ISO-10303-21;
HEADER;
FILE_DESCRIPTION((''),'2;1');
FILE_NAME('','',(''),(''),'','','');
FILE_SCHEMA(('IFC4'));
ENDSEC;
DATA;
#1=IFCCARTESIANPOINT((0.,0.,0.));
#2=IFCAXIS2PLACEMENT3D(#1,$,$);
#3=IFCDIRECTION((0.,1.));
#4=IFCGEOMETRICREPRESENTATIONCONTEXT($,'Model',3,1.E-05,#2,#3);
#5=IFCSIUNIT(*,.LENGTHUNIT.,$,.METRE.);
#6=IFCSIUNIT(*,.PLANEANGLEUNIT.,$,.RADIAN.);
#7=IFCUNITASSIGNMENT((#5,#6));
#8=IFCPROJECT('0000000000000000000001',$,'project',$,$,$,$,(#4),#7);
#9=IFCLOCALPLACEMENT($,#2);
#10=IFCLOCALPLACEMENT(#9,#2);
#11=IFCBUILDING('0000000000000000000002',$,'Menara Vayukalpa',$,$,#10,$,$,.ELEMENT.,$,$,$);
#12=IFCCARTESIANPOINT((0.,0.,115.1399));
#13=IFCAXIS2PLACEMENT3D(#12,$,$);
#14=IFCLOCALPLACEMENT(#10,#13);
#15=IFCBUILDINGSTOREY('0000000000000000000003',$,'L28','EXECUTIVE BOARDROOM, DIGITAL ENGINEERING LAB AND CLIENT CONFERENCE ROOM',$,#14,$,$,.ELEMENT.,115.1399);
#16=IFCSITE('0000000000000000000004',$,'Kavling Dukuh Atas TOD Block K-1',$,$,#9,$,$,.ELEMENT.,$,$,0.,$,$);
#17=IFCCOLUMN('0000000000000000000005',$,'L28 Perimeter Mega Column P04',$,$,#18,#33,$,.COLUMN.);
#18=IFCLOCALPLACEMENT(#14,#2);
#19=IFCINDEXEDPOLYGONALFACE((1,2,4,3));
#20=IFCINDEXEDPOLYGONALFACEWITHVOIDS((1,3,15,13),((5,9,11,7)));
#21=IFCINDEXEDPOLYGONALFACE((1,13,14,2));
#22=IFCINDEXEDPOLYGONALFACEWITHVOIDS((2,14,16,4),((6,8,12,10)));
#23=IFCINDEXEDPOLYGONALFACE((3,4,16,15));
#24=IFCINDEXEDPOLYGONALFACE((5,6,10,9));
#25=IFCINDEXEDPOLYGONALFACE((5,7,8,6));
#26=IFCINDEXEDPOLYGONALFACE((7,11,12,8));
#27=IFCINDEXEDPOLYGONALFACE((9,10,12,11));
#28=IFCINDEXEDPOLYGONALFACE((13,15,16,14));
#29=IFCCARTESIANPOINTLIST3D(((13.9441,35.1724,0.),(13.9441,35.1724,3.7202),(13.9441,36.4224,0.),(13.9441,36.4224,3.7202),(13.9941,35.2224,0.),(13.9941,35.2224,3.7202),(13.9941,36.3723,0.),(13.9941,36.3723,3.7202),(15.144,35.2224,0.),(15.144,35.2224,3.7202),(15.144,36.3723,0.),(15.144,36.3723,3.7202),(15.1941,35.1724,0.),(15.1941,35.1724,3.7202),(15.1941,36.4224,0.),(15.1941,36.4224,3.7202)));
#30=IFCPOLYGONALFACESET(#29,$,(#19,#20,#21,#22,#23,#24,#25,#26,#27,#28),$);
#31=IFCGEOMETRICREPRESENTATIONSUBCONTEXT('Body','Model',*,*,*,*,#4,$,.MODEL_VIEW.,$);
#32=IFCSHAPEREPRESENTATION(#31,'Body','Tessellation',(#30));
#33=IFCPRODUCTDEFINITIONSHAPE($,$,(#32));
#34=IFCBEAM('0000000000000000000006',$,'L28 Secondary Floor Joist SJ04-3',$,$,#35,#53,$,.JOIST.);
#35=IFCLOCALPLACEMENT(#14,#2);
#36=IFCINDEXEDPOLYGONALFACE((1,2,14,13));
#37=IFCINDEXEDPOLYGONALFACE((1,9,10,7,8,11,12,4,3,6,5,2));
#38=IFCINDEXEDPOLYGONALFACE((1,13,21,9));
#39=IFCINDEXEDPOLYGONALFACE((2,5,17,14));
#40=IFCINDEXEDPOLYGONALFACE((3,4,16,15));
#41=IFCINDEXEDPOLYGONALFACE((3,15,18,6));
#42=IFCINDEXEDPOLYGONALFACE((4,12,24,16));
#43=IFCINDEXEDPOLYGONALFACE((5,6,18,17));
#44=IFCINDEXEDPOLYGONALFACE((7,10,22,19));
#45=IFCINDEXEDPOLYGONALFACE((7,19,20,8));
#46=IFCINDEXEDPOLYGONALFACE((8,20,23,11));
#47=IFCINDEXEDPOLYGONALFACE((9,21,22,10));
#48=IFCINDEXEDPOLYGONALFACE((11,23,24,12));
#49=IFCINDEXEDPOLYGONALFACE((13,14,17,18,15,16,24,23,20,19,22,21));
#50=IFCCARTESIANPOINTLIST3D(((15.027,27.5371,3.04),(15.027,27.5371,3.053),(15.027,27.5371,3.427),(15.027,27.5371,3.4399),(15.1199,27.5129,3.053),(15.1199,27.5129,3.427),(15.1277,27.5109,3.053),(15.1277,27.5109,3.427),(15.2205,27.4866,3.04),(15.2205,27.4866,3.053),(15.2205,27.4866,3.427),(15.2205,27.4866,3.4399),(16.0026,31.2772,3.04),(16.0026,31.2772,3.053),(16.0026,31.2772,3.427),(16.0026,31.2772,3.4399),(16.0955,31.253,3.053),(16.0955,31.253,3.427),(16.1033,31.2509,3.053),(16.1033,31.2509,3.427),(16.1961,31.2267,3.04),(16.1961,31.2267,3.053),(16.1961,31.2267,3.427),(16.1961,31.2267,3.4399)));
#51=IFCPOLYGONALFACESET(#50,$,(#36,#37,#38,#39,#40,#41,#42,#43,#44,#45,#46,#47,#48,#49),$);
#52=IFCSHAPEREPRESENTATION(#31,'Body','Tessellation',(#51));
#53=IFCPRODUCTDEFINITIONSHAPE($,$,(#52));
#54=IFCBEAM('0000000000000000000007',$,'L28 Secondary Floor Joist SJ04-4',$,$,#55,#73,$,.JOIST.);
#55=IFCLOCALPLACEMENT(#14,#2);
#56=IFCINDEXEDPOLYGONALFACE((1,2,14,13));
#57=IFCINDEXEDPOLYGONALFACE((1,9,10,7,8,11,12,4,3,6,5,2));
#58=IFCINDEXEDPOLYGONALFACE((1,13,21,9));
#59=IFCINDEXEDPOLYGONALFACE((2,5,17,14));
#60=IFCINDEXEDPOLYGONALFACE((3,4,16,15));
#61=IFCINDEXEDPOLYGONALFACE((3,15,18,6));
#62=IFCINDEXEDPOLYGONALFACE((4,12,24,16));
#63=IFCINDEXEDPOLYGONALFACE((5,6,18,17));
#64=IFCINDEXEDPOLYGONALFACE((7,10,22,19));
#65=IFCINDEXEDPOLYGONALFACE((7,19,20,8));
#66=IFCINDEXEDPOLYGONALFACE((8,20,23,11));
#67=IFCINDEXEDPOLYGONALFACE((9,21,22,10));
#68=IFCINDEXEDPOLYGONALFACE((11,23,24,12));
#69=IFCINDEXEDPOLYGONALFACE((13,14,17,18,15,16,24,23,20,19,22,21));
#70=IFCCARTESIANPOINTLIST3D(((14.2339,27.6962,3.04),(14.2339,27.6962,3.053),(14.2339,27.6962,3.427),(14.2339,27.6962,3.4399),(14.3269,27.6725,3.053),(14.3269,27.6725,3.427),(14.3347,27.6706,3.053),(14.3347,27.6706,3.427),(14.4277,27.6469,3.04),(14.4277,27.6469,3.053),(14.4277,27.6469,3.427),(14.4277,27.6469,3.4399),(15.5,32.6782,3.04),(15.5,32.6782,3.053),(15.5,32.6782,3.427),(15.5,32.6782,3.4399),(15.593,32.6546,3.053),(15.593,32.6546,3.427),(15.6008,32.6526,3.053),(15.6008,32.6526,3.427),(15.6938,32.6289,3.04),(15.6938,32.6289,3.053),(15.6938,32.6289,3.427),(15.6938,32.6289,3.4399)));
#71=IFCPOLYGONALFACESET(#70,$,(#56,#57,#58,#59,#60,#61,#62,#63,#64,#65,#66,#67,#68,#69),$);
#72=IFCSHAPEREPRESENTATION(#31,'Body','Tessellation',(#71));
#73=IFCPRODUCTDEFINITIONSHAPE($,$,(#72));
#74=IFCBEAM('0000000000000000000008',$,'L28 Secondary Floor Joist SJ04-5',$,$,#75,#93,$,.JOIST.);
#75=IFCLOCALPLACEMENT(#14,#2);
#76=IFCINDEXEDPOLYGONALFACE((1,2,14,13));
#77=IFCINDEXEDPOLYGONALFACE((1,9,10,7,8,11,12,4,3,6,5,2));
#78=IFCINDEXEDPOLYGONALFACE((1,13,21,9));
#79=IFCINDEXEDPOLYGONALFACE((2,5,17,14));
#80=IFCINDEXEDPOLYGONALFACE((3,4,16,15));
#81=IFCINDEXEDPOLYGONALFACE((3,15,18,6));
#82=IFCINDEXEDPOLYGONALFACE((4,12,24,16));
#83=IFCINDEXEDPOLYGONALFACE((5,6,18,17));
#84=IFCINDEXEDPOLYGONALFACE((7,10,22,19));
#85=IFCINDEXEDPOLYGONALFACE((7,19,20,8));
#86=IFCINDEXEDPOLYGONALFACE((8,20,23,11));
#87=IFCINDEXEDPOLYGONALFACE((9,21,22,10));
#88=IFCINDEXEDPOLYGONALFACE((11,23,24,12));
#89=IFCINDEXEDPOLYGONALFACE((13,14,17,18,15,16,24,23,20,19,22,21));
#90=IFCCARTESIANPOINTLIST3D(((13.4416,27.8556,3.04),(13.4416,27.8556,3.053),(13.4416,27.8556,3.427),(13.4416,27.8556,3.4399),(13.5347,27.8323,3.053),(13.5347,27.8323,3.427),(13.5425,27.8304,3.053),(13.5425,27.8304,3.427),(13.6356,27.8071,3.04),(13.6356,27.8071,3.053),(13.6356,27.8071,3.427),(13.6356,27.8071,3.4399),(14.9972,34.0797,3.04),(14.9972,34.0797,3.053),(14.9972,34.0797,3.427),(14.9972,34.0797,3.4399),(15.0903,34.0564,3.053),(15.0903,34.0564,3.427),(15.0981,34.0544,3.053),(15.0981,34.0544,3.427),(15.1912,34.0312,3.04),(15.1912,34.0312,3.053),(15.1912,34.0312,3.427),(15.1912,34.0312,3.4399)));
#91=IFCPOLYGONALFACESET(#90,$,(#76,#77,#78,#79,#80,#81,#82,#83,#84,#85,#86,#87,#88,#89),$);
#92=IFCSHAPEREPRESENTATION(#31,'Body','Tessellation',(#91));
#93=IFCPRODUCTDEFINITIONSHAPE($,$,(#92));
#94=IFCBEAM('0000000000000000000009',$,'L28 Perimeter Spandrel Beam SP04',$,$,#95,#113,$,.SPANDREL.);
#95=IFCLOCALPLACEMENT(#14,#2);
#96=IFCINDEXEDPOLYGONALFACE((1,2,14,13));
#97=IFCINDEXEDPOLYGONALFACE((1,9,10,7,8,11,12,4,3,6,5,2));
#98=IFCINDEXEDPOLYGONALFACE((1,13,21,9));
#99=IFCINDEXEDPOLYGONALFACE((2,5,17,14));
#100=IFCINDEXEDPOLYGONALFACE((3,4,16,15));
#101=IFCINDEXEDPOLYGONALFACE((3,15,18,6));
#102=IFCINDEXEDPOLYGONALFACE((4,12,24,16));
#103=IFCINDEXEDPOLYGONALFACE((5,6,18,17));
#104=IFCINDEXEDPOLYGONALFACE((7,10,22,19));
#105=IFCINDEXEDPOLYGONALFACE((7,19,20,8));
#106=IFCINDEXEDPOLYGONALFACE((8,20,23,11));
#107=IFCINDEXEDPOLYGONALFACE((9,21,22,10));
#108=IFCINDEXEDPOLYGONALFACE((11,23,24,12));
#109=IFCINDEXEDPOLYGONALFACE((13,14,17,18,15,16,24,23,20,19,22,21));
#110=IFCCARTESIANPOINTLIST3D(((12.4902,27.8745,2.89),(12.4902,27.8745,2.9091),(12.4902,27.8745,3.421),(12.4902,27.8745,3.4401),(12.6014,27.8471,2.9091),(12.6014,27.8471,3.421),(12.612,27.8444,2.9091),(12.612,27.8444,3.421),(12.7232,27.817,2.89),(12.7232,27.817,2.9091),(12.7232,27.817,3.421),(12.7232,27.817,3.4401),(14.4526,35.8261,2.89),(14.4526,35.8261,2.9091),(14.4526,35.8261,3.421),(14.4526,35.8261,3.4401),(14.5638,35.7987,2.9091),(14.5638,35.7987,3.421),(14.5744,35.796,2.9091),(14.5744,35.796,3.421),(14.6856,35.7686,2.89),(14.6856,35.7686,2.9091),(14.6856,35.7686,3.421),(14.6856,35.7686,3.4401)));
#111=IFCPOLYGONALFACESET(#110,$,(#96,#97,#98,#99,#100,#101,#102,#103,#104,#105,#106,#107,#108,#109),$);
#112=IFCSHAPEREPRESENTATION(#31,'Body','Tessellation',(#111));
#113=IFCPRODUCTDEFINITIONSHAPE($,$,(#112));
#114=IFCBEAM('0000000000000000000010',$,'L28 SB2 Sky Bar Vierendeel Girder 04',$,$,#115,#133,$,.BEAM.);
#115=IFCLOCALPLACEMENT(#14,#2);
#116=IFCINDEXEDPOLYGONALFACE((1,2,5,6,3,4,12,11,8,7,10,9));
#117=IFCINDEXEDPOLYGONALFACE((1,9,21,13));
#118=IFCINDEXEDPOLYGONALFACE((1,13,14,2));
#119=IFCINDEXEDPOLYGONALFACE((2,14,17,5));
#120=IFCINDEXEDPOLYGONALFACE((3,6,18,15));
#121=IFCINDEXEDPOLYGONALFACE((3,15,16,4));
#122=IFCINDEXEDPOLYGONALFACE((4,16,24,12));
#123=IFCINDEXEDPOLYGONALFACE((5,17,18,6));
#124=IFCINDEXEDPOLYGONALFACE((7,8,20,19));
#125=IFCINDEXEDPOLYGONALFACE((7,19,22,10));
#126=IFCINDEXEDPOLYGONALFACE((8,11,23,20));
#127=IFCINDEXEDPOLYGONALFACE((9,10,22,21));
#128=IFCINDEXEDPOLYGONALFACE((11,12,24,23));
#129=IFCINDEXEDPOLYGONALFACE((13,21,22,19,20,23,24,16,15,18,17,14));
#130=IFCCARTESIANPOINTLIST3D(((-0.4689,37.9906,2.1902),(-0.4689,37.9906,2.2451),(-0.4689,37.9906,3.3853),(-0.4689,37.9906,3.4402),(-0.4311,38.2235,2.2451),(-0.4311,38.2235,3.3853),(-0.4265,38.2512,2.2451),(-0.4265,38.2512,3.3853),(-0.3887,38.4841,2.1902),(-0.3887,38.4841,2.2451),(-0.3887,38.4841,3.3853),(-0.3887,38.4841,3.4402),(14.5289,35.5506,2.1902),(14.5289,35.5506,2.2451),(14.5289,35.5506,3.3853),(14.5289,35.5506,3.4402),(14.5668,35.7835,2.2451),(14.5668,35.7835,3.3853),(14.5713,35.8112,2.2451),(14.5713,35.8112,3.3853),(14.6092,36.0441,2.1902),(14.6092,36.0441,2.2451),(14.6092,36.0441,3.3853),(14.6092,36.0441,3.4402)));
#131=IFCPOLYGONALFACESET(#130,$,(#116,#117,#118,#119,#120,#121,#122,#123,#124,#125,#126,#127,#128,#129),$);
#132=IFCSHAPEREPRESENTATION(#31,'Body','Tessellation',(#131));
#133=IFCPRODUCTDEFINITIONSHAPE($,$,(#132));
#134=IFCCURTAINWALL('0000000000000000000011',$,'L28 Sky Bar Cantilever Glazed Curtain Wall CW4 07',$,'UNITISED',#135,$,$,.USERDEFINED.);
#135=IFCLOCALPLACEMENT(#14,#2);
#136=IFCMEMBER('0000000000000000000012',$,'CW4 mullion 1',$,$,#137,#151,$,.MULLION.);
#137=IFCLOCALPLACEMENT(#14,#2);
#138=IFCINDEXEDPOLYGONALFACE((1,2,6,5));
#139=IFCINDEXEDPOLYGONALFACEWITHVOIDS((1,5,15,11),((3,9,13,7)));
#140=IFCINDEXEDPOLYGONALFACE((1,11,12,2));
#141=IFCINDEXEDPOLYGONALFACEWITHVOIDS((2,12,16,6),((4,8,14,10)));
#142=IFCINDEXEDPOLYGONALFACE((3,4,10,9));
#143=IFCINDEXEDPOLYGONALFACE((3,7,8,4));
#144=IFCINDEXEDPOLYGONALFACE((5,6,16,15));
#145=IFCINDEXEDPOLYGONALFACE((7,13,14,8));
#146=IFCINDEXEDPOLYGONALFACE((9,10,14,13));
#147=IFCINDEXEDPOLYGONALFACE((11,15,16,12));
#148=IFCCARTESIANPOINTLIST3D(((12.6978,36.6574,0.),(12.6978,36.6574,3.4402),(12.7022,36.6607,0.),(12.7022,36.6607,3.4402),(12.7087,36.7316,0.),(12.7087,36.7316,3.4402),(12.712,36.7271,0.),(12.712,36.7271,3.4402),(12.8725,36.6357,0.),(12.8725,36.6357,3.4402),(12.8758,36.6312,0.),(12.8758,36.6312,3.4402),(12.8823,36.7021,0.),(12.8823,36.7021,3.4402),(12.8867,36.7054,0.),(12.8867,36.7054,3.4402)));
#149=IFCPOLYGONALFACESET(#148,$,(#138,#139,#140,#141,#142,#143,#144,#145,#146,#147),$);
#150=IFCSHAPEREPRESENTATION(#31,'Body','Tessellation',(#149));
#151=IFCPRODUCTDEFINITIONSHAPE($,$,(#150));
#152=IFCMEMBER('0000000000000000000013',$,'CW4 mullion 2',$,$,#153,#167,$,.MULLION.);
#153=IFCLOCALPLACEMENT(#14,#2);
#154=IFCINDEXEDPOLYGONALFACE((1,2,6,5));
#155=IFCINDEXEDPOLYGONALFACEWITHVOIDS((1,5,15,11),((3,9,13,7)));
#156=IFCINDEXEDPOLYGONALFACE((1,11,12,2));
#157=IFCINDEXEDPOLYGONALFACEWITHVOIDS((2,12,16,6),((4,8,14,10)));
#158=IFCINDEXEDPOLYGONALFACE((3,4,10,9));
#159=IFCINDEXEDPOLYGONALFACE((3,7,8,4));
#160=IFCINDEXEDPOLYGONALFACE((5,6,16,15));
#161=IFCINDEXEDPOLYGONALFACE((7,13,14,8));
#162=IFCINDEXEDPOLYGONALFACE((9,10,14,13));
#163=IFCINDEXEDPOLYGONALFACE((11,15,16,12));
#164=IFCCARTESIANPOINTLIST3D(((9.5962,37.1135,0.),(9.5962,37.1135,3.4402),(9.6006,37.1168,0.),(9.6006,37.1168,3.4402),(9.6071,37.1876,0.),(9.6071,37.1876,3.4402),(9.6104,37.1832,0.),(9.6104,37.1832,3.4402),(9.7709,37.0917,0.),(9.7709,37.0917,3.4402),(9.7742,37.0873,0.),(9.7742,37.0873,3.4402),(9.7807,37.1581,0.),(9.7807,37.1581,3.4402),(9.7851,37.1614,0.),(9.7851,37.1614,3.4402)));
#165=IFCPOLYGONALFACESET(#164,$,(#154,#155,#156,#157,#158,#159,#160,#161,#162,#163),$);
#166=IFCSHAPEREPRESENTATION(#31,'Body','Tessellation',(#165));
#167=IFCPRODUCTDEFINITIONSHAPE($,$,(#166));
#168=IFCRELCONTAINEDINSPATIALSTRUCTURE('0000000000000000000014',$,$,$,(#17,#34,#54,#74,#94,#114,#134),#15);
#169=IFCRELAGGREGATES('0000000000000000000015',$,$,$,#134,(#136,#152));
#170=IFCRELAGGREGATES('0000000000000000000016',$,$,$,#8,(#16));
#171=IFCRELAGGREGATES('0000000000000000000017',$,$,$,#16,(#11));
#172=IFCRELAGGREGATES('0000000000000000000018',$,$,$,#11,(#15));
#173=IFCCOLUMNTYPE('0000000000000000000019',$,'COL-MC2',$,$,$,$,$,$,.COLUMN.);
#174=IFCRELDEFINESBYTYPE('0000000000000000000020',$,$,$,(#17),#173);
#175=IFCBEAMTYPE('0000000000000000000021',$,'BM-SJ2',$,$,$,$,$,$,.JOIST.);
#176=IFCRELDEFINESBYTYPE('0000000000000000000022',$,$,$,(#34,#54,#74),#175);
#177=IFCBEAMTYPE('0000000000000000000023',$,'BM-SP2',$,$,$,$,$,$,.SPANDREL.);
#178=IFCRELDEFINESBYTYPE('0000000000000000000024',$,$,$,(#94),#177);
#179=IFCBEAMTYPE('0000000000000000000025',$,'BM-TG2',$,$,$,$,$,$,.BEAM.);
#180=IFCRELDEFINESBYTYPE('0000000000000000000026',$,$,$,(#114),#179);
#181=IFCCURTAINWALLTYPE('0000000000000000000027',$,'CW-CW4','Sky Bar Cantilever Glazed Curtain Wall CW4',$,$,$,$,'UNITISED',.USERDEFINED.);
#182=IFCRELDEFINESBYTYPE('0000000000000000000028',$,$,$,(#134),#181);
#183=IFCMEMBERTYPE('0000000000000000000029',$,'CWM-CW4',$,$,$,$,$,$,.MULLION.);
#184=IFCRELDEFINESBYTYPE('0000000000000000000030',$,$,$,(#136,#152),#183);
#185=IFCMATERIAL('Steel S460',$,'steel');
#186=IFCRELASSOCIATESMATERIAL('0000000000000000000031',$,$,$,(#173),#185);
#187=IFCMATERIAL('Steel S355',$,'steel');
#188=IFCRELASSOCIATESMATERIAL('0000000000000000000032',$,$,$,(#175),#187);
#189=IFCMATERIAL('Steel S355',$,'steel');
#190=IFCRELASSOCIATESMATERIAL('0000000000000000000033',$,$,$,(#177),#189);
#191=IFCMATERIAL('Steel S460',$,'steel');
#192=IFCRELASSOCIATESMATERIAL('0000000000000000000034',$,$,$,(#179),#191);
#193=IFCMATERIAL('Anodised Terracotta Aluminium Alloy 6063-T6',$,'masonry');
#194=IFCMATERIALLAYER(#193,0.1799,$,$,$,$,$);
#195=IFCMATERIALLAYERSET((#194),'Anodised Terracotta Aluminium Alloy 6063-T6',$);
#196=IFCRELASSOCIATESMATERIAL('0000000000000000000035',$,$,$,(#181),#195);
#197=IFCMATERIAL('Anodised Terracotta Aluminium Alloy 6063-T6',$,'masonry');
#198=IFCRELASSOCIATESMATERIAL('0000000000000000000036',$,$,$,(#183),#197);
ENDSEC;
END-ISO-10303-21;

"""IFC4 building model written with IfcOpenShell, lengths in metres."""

from ifc_helpers import new_model, si_unit, direction, frame, origin, origin_2d, place, context, subcontext, project, spatial, hollow_rectangle, i_section, extrude, material, layer, layer_set, material_profile, profile_set, type_object, element, aggregate, save


model = new_model("IFC4")

# Units and contexts
model_context = context("Model", 3, precision=1e-05, world=origin(), true_north=direction((0.0, 1.0)))
body_context = subcontext(model_context, "Body", "Model", "MODEL_VIEW")
ifc_project = project(units=[si_unit("LENGTHUNIT", "METRE"), si_unit("PLANEANGLEUNIT", "RADIAN")], contexts=[model_context])

# Site, building, storey
site_placement = place(None, origin())
site = spatial("IfcSite", under=ifc_project, at=site_placement, Name="Kavling Dukuh Atas TOD Block K-1", CompositionType="ELEMENT", RefElevation=0.0)
building_placement = place(site_placement, origin())
building = spatial("IfcBuilding", under=site, at=building_placement, Name="Menara Vayukalpa", CompositionType="ELEMENT")
storey_placement = place(building_placement, frame((0.0, 0.0, 115.1399)))
storey = spatial("IfcBuildingStorey", under=building, at=storey_placement, Name="L28", Description="EXECUTIVE BOARDROOM, DIGITAL ENGINEERING LAB AND CLIENT CONFERENCE ROOM", CompositionType="ELEMENT", Elevation=115.1399)

# Column
ifc_material_1 = material(Name="Steel S460", Category="steel")
ifc_material_profile_1 = material_profile(ifc_material_1, hollow_rectangle(XDim=1.25, YDim=1.25, WallThickness=0.05, at=origin_2d()), Name="BOX 1250x1250x50")
ifc_profile_set_1 = profile_set([ifc_material_profile_1], Name="Steel S460")
column_type = type_object("IfcColumnType", Name="COL-MC2", PredefinedType="COLUMN", material=ifc_profile_set_1)
column_placement = place(storey_placement, frame((14.5691, 35.7974, 0.0), z_axis=(0.0, 0.0, 1.0), x_axis=(1.0, 0.0, 0.0)))
element("IfcColumn", 1, at=column_placement, inside=storey, type_object=column_type, Name="L28 Perimeter Mega Column P04", PredefinedType="COLUMN", context=body_context, shape_type="SweptSolid", body=[
    extrude(hollow_rectangle(XDim=1.25, YDim=1.25, WallThickness=0.05, at=origin_2d()), origin(), (0.0, 0.0, 1.0), 3.7202),
])

# Beams
ifc_material_2 = material(Name="Steel S355", Category="steel")
ifc_material_profile_2 = material_profile(ifc_material_2, i_section(OverallWidth=0.2, OverallDepth=0.3999, WebThickness=0.0081, FlangeThickness=0.0129, at=origin_2d()), Name="WF 400x200x8x13")
ifc_profile_set_2 = profile_set([ifc_material_profile_2], Name="Steel S355")
beam_type_1 = type_object("IfcBeamType", Name="BM-SJ2", PredefinedType="JOIST", material=ifc_profile_set_2)
beam_1_placement = place(storey_placement, frame((16.0994, 31.252, 3.24), z_axis=(-0.252406, -0.967621, 0.0), x_axis=(0.967621, -0.252406, 0.0)))
element("IfcBeam", 2, at=beam_1_placement, inside=storey, type_object=beam_type_1, Name="L28 Secondary Floor Joist SJ04-3", PredefinedType="JOIST", context=body_context, shape_type="SweptSolid", body=[
    extrude(i_section(OverallWidth=0.2, OverallDepth=0.3999, WebThickness=0.0081, FlangeThickness=0.0129, at=origin_2d()), origin(), (0.0, 0.0, 1.0), 3.8652),
])
beam_2_placement = place(storey_placement, frame((15.5969, 32.6536, 3.24), z_axis=(-0.246311, -0.969191, 0.0), x_axis=(0.969191, -0.246311, 0.0)))
element("IfcBeam", 3, at=beam_2_placement, inside=storey, type_object=beam_type_1, Name="L28 Secondary Floor Joist SJ04-4", PredefinedType="JOIST", context=body_context, shape_type="SweptSolid", body=[
    extrude(i_section(OverallWidth=0.2, OverallDepth=0.3999, WebThickness=0.0081, FlangeThickness=0.0129, at=origin_2d()), origin(), (0.0, 0.0, 1.0), 5.1404),
])
beam_3_placement = place(storey_placement, frame((15.0942, 34.0554, 3.24), z_axis=(-0.242482, -0.970156, 0.0), x_axis=(0.970156, -0.242482, 0.0)))
element("IfcBeam", 4, at=beam_3_placement, inside=storey, type_object=beam_type_1, Name="L28 Secondary Floor Joist SJ04-5", PredefinedType="JOIST", context=body_context, shape_type="SweptSolid", body=[
    extrude(i_section(OverallWidth=0.2, OverallDepth=0.3999, WebThickness=0.0081, FlangeThickness=0.0129, at=origin_2d()), origin(), (0.0, 0.0, 1.0), 6.4155),
])
ifc_material_3 = material(Name="Steel S355", Category="steel")
ifc_material_profile_3 = material_profile(ifc_material_3, i_section(OverallWidth=0.24, OverallDepth=0.55, WebThickness=0.011, FlangeThickness=0.019, at=origin_2d()), Name="WF 550x240x11x19")
ifc_profile_set_3 = profile_set([ifc_material_profile_3], Name="Steel S355")
beam_type_2 = type_object("IfcBeamType", Name="BM-SP2", PredefinedType="SPANDREL", material=ifc_profile_set_3)
beam_4_placement = place(storey_placement, frame((14.5691, 35.7974, 3.165), z_axis=(-0.239603, -0.970871, 0.0), x_axis=(0.970871, -0.239603, 0.0)))
element("IfcBeam", 5, at=beam_4_placement, inside=storey, type_object=beam_type_2, Name="L28 Perimeter Spandrel Beam SP04", PredefinedType="SPANDREL", context=body_context, shape_type="SweptSolid", body=[
    extrude(i_section(OverallWidth=0.24, OverallDepth=0.55, WebThickness=0.011, FlangeThickness=0.019, at=origin_2d()), origin(), (0.0, 0.0, 1.0), 8.1902),
])
ifc_material_4 = material(Name="Steel S460", Category="steel")
ifc_material_profile_4 = material_profile(ifc_material_4, i_section(OverallWidth=0.5, OverallDepth=1.25, WebThickness=0.0281, FlangeThickness=0.0549, at=origin_2d()), Name="WG 1250x500x28x55")
ifc_profile_set_4 = profile_set([ifc_material_profile_4], Name="Steel S460")
beam_type_3 = type_object("IfcBeamType", Name="BM-TG2", PredefinedType="BEAM", material=ifc_profile_set_4)
beam_5_placement = place(storey_placement, frame((14.5691, 35.7974, 2.8152), z_axis=(-0.987024, 0.160575, 0.0), x_axis=(-0.160575, -0.987024, 0.0)))
element("IfcBeam", 6, at=beam_5_placement, inside=storey, type_object=beam_type_3, Name="L28 SB2 Sky Bar Vierendeel Girder 04", PredefinedType="BEAM", context=body_context, shape_type="SweptSolid", body=[
    extrude(i_section(OverallWidth=0.5, OverallDepth=1.25, WebThickness=0.0281, FlangeThickness=0.0549, at=origin_2d()), origin(), (0.0, 0.0, 1.0), 15.1951),
])

# Curtain wall, members
ifc_material_5 = material(Name="Anodised Terracotta Aluminium Alloy 6063-T6", Category="masonry")
ifc_layer_1 = layer(ifc_material_5, 0.1799)
ifc_layer_set_1 = layer_set([ifc_layer_1], Name="Anodised Terracotta Aluminium Alloy 6063-T6")
curtain_wall_type = type_object("IfcCurtainWallType", Name="CW-CW4", Description="Sky Bar Cantilever Glazed Curtain Wall CW4", ElementType="UNITISED", PredefinedType="USERDEFINED", material=ifc_layer_set_1)
curtain_wall_placement = place(storey_placement, origin())
curtain_wall = element("IfcCurtainWall", 7, at=curtain_wall_placement, inside=storey, type_object=curtain_wall_type, Name="L28 Sky Bar Cantilever Glazed Curtain Wall CW4 07", ObjectType="UNITISED", PredefinedType="USERDEFINED")
ifc_material_6 = material(Name="Anodised Terracotta Aluminium Alloy 6063-T6", Category="masonry")
ifc_material_profile_5 = material_profile(ifc_material_6, hollow_rectangle(XDim=0.075, YDim=0.1799, WallThickness=0.0039, at=origin_2d()), Name="ALU 75x180x4")
ifc_profile_set_5 = profile_set([ifc_material_profile_5], Name="Anodised Terracotta Aluminium Alloy 6063-T6")
member_type_1 = type_object("IfcMemberType", Name="CWM-CW4", PredefinedType="MULLION", material=ifc_profile_set_5)
member_1_placement = place(storey_placement, frame((12.7922, 36.6814, 0.0), z_axis=(0.0, 0.0, 1.0), x_axis=(-0.145451, -0.989365, 0.0)))
member_1 = element("IfcMember", 8, at=member_1_placement, type_object=member_type_1, Name="CW4 mullion 1", PredefinedType="MULLION", context=body_context, shape_type="SweptSolid", body=[
    extrude(hollow_rectangle(XDim=0.075, YDim=0.1799, WallThickness=0.0039, at=origin_2d()), origin(), (0.0, 0.0, 1.0), 3.4402),
])
member_2_placement = place(storey_placement, frame((9.6907, 37.1375, 0.0), z_axis=(0.0, 0.0, 1.0), x_axis=(-0.145451, -0.989365, 0.0)))
member_2 = element("IfcMember", 9, at=member_2_placement, type_object=member_type_1, Name="CW4 mullion 2", PredefinedType="MULLION", context=body_context, shape_type="SweptSolid", body=[
    extrude(hollow_rectangle(XDim=0.075, YDim=0.1799, WallThickness=0.0039, at=origin_2d()), origin(), (0.0, 0.0, 1.0), 3.4402),
])

aggregate(curtain_wall, [member_1, member_2])

save(model, "model.ifc")
